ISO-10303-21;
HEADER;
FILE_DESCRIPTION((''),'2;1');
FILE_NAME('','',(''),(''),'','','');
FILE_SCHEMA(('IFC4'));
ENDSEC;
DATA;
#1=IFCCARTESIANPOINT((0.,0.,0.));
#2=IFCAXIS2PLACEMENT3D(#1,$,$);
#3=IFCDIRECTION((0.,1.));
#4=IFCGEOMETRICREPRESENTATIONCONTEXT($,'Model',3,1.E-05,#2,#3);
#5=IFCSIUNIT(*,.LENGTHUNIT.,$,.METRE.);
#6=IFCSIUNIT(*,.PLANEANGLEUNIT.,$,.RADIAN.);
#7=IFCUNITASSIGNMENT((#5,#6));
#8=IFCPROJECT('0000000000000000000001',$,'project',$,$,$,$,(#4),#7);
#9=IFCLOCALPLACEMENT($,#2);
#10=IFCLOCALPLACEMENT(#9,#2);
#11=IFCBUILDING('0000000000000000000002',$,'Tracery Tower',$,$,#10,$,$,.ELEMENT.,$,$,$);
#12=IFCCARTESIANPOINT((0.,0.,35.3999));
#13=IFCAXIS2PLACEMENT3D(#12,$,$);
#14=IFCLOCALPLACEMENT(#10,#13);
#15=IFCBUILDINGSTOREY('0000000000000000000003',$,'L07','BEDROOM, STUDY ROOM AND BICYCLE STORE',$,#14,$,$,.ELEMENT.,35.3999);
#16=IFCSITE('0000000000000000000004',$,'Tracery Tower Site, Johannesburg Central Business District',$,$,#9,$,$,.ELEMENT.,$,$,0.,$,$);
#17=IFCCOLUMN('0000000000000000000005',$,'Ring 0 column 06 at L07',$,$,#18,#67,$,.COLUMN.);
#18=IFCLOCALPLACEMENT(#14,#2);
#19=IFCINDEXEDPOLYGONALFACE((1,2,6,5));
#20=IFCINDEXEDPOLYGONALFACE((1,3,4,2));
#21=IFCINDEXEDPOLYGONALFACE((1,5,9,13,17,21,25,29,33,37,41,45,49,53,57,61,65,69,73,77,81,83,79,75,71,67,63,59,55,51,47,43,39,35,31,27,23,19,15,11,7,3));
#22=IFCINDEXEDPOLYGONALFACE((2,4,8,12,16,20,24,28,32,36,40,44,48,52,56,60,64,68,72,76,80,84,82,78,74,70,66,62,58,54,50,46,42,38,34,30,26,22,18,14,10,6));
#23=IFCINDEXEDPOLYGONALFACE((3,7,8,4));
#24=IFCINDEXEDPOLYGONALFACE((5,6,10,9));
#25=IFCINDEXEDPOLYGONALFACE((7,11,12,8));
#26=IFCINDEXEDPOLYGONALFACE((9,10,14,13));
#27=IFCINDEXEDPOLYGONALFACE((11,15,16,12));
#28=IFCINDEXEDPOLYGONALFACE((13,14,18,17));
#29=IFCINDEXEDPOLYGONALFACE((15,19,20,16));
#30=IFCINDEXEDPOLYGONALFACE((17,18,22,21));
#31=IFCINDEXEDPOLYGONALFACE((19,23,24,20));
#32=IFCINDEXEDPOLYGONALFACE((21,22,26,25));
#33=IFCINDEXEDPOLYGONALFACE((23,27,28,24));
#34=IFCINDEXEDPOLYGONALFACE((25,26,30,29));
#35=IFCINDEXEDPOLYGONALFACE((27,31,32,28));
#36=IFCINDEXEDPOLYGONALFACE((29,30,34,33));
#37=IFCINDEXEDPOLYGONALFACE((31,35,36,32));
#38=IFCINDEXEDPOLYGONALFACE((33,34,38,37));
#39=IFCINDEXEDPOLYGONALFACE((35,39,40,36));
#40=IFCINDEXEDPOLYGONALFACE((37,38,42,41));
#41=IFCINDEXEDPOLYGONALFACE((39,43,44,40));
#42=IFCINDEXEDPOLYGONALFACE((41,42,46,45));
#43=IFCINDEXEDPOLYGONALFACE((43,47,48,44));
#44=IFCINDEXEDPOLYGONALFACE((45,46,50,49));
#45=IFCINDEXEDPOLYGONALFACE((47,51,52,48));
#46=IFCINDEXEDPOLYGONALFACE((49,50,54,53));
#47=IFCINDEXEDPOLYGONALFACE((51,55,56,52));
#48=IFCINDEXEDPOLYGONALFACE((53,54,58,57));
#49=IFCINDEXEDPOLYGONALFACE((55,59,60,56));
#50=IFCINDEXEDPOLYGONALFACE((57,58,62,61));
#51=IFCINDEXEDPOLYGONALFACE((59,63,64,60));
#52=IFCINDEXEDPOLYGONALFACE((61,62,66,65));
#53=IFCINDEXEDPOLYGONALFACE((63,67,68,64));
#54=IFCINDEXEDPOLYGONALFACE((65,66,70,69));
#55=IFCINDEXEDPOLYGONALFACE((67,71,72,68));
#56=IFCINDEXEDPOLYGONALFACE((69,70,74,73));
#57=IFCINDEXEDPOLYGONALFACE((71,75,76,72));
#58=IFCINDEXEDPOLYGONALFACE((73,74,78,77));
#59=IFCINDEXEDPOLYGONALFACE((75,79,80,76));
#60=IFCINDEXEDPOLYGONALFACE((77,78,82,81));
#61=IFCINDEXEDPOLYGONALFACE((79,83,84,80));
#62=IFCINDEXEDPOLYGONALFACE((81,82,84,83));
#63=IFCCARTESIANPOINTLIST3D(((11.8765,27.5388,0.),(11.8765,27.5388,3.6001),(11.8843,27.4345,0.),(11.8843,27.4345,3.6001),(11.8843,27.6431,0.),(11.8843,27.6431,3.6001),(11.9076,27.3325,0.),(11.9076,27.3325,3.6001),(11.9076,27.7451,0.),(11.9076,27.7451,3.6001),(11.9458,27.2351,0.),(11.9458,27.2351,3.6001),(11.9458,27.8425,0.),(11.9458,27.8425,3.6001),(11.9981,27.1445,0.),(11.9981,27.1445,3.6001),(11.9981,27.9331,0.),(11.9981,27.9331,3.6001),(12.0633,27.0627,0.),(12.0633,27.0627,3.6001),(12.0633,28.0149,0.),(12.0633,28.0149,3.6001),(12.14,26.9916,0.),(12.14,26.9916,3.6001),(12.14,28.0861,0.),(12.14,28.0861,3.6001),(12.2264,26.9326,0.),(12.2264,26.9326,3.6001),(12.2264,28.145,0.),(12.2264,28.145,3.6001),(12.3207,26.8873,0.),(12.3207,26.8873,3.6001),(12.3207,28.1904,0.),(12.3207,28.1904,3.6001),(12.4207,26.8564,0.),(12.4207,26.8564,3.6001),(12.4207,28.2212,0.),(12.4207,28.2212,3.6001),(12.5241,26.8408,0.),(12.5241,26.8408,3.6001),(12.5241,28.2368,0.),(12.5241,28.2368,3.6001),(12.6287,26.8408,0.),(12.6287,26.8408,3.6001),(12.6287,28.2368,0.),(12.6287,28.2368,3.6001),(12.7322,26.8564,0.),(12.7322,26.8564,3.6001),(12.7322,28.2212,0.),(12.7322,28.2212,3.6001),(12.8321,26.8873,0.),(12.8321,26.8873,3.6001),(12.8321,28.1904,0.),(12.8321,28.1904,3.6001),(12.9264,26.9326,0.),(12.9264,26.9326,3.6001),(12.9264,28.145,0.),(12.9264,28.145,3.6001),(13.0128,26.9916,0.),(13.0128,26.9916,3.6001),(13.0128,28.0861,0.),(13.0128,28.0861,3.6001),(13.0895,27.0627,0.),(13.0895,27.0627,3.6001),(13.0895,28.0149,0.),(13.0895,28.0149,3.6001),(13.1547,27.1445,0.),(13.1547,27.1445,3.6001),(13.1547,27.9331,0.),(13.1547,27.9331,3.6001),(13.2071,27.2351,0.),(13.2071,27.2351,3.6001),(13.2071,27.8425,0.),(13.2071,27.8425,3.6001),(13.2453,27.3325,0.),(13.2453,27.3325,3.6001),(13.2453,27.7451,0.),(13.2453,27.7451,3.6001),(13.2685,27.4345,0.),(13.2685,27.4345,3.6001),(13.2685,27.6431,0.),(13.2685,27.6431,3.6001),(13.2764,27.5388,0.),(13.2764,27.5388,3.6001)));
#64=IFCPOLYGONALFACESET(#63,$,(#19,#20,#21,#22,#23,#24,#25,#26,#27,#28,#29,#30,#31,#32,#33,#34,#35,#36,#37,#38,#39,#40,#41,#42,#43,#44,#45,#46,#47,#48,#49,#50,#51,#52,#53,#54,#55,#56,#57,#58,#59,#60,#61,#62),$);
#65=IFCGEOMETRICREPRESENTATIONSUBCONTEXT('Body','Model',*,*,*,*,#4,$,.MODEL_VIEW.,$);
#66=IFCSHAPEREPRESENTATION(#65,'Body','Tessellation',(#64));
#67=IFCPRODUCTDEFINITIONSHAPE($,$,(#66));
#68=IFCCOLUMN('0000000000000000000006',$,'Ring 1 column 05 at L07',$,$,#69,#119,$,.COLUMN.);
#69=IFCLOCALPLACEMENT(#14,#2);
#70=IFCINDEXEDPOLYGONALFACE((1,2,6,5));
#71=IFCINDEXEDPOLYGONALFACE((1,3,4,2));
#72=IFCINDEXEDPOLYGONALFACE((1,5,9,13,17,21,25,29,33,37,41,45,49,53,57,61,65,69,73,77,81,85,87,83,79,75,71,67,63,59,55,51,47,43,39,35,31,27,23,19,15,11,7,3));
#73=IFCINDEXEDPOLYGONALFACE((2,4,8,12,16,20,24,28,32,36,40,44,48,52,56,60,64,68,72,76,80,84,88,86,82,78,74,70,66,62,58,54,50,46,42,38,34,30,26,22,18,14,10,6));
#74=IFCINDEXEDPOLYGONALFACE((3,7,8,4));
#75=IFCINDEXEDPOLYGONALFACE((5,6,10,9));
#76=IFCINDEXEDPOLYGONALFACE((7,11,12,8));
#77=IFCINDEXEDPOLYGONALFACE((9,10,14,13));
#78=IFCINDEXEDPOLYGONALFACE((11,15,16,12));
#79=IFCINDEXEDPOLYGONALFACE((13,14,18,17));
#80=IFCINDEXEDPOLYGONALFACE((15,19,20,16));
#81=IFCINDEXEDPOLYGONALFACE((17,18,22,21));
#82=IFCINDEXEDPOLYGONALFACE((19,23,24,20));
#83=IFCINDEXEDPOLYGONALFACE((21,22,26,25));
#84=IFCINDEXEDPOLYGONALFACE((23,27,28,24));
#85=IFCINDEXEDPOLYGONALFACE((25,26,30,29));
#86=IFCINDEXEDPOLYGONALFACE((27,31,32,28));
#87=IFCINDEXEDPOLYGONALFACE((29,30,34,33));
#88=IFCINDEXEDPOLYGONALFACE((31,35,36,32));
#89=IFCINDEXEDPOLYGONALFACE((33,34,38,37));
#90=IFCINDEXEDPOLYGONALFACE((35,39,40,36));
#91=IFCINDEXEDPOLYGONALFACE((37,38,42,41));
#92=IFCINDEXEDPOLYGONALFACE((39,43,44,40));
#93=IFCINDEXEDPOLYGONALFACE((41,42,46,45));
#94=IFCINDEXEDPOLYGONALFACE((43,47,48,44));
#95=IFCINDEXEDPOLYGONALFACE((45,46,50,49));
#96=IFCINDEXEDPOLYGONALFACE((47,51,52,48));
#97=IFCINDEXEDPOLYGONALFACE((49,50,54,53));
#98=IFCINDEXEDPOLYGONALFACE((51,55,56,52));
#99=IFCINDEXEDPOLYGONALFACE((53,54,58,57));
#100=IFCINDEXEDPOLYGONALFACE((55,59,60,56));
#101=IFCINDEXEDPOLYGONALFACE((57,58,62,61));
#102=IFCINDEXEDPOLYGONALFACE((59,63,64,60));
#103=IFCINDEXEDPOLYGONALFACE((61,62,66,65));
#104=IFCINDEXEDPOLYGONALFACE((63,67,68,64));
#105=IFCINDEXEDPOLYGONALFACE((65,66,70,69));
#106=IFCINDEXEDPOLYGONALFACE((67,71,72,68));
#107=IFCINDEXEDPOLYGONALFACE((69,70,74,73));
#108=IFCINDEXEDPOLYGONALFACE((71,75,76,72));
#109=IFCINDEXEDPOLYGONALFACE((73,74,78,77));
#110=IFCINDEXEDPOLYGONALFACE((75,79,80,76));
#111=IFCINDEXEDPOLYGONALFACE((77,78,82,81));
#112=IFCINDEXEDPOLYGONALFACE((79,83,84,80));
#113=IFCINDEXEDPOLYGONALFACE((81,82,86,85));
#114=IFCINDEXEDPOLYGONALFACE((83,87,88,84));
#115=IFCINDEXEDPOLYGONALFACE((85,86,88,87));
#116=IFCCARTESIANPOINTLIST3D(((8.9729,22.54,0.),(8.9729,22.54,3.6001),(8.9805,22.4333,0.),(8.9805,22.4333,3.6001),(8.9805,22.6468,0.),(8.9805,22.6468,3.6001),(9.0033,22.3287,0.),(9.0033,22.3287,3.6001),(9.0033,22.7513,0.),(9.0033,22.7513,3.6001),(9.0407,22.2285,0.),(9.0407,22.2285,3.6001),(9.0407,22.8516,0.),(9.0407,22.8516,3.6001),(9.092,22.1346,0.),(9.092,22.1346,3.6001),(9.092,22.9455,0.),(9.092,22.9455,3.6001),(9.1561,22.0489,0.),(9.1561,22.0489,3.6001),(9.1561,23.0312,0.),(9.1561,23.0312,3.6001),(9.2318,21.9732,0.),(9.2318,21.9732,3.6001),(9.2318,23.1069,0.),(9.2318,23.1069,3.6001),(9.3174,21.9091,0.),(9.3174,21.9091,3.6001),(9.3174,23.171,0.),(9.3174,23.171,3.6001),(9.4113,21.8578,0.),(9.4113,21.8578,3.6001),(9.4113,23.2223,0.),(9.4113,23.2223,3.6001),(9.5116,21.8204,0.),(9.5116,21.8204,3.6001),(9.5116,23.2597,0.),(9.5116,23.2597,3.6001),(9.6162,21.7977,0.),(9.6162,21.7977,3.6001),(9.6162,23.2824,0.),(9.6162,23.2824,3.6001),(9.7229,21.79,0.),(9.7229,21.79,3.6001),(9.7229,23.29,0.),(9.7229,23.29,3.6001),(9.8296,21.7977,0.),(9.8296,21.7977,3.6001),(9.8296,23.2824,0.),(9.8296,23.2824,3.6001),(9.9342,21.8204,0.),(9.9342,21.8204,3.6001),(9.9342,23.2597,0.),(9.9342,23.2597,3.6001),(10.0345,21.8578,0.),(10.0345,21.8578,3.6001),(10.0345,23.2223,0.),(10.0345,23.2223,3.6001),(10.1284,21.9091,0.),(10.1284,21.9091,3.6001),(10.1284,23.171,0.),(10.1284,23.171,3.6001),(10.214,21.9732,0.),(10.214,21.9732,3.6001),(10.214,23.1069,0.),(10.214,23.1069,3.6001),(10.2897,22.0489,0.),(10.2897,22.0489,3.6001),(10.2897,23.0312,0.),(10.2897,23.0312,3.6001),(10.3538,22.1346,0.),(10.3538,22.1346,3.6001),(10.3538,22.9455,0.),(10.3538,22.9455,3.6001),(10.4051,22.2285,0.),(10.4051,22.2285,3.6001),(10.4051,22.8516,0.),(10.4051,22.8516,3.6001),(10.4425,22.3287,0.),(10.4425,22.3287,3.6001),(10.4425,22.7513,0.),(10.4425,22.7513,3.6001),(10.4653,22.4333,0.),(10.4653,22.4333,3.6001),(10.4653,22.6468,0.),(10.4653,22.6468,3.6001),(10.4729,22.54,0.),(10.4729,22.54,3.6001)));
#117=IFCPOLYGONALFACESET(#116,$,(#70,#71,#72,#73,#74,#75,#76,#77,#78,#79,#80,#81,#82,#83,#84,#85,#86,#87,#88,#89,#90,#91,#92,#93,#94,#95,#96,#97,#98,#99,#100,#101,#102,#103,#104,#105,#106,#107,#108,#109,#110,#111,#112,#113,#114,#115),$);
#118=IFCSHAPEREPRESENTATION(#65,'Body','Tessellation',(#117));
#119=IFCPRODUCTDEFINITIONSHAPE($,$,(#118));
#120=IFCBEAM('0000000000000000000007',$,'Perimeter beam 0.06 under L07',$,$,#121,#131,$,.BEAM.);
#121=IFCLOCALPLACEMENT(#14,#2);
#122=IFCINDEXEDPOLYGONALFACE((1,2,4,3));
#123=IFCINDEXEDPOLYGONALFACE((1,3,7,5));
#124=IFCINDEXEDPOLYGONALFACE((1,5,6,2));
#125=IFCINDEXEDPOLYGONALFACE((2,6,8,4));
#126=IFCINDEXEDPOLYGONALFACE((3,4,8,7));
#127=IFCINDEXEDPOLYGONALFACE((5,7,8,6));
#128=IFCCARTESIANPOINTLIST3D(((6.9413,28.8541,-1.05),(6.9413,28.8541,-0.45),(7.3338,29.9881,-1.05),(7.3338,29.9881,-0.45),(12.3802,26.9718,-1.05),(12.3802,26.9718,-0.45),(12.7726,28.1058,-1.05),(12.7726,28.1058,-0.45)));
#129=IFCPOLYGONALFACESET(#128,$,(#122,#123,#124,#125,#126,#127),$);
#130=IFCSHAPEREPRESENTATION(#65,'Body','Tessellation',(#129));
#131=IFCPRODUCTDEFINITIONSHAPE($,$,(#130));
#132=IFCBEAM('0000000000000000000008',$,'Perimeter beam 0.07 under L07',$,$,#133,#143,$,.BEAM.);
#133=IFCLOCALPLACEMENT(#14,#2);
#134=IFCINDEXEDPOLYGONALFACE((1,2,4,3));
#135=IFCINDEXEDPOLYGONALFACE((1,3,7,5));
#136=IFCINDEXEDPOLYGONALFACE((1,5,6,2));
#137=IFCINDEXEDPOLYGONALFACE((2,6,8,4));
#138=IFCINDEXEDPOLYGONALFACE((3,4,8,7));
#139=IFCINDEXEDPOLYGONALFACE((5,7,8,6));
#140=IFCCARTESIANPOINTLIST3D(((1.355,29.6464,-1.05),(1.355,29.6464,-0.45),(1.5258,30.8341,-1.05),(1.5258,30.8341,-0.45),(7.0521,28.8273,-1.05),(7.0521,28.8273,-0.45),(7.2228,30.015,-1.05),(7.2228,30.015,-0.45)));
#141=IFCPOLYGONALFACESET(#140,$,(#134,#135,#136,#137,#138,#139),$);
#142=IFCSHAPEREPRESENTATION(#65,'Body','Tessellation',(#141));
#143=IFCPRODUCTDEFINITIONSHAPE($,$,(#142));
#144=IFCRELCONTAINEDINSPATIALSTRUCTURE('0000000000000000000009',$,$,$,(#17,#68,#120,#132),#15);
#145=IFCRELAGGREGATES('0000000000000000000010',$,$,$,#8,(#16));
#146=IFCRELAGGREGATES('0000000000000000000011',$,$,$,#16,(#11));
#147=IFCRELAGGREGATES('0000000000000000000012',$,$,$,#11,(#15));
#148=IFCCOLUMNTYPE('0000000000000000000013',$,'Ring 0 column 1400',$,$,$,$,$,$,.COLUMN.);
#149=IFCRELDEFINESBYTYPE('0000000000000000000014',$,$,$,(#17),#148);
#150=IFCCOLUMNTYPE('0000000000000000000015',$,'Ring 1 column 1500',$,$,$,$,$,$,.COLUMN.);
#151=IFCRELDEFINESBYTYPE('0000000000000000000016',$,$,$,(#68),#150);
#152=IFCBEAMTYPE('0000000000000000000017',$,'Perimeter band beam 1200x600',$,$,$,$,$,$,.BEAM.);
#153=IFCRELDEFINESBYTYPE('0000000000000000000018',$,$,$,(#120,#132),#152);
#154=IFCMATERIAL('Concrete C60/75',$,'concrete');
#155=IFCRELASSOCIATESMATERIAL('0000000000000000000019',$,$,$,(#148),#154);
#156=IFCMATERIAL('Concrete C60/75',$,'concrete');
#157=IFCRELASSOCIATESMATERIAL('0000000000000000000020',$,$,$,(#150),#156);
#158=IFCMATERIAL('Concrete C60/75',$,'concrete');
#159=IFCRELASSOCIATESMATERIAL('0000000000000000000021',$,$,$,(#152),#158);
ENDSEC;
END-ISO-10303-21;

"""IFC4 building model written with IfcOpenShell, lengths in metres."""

from ifc_helpers import new_model, si_unit, direction, frame, origin, origin_2d, place, context, subcontext, project, spatial, rectangle, circle, extrude, material, material_profile, profile_set, type_object, element, save


model = new_model("IFC4")

# Units and contexts
model_context = context("Model", 3, precision=1e-05, world=origin(), true_north=direction((0.0, 1.0)))
body_context = subcontext(model_context, "Body", "Model", "MODEL_VIEW")
ifc_project = project(units=[si_unit("LENGTHUNIT", "METRE"), si_unit("PLANEANGLEUNIT", "RADIAN")], contexts=[model_context])

# Site, building, storey
site_placement = place(None, origin())
site = spatial("IfcSite", under=ifc_project, at=site_placement, Name="Tracery Tower Site, Johannesburg Central Business District", CompositionType="ELEMENT", RefElevation=0.0)
building_placement = place(site_placement, origin())
building = spatial("IfcBuilding", under=site, at=building_placement, Name="Tracery Tower", CompositionType="ELEMENT")
storey_placement = place(building_placement, frame((0.0, 0.0, 35.3999)))
storey = spatial("IfcBuildingStorey", under=building, at=storey_placement, Name="L07", Description="BEDROOM, STUDY ROOM AND BICYCLE STORE", CompositionType="ELEMENT", Elevation=35.3999)

# Columns
ifc_material_1 = material(Name="Concrete C60/75", Category="concrete")
ifc_material_profile_1 = material_profile(ifc_material_1, circle(Radius=0.7, at=origin_2d()), Name="RC D1400")
ifc_profile_set_1 = profile_set([ifc_material_profile_1], Name="Concrete C60/75")
column_type_1 = type_object("IfcColumnType", Name="Ring 0 column 1400", PredefinedType="COLUMN", material=ifc_profile_set_1)
column_1_placement = place(storey_placement, frame((12.5764, 27.5388, 0.0), z_axis=(0.0, 0.0, 1.0), x_axis=(1.0, 0.0, 0.0)))
element("IfcColumn", 1, at=column_1_placement, inside=storey, type_object=column_type_1, Name="Ring 0 column 06 at L07", PredefinedType="COLUMN", context=body_context, shape_type="SweptSolid", body=[
    extrude(circle(Radius=0.7, at=origin_2d()), origin(), (0.0, 0.0, 1.0), 3.6001),
])
ifc_material_2 = material(Name="Concrete C60/75", Category="concrete")
ifc_material_profile_2 = material_profile(ifc_material_2, circle(Radius=0.75, at=origin_2d()), Name="RC D1500")
ifc_profile_set_2 = profile_set([ifc_material_profile_2], Name="Concrete C60/75")
column_type_2 = type_object("IfcColumnType", Name="Ring 1 column 1500", PredefinedType="COLUMN", material=ifc_profile_set_2)
column_2_placement = place(storey_placement, frame((9.7229, 22.54, 0.0), z_axis=(0.0, 0.0, 1.0), x_axis=(1.0, 0.0, 0.0)))
element("IfcColumn", 2, at=column_2_placement, inside=storey, type_object=column_type_2, Name="Ring 1 column 05 at L07", PredefinedType="COLUMN", context=body_context, shape_type="SweptSolid", body=[
    extrude(circle(Radius=0.75, at=origin_2d()), origin(), (0.0, 0.0, 1.0), 3.6001),
])

# Beams
ifc_material_3 = material(Name="Concrete C60/75", Category="concrete")
ifc_material_profile_3 = material_profile(ifc_material_3, rectangle(XDim=1.2, YDim=0.6001, at=origin_2d()), Name="RC 1200x600")
ifc_profile_set_3 = profile_set([ifc_material_profile_3], Name="Concrete C60/75")
beam_type = type_object("IfcBeamType", Name="Perimeter band beam 1200x600", PredefinedType="BEAM", material=ifc_profile_set_3)
beam_1_placement = place(storey_placement, frame((12.5764, 27.5388, -0.75), z_axis=(-0.945007, 0.327049, 0.0), x_axis=(-0.327049, -0.945007, 0.0)))
element("IfcBeam", 3, at=beam_1_placement, inside=storey, type_object=beam_type, Name="Perimeter beam 0.06 under L07", PredefinedType="BEAM", context=body_context, shape_type="SweptSolid", body=[
    extrude(rectangle(XDim=1.2, YDim=0.6001, at=origin_2d()), origin(), (0.0, 0.0, 1.0), 5.7554),
])
beam_2_placement = place(storey_placement, frame((7.1375, 29.4211, -0.75), z_axis=(-0.989822, 0.142312, 0.0), x_axis=(-0.142312, -0.989822, 0.0)))
element("IfcBeam", 4, at=beam_2_placement, inside=storey, type_object=beam_type, Name="Perimeter beam 0.07 under L07", PredefinedType="BEAM", context=body_context, shape_type="SweptSolid", body=[
    extrude(rectangle(XDim=1.2, YDim=0.6001, at=origin_2d()), origin(), (0.0, 0.0, 1.0), 5.7556),
])

save(model, "model.ifc")
